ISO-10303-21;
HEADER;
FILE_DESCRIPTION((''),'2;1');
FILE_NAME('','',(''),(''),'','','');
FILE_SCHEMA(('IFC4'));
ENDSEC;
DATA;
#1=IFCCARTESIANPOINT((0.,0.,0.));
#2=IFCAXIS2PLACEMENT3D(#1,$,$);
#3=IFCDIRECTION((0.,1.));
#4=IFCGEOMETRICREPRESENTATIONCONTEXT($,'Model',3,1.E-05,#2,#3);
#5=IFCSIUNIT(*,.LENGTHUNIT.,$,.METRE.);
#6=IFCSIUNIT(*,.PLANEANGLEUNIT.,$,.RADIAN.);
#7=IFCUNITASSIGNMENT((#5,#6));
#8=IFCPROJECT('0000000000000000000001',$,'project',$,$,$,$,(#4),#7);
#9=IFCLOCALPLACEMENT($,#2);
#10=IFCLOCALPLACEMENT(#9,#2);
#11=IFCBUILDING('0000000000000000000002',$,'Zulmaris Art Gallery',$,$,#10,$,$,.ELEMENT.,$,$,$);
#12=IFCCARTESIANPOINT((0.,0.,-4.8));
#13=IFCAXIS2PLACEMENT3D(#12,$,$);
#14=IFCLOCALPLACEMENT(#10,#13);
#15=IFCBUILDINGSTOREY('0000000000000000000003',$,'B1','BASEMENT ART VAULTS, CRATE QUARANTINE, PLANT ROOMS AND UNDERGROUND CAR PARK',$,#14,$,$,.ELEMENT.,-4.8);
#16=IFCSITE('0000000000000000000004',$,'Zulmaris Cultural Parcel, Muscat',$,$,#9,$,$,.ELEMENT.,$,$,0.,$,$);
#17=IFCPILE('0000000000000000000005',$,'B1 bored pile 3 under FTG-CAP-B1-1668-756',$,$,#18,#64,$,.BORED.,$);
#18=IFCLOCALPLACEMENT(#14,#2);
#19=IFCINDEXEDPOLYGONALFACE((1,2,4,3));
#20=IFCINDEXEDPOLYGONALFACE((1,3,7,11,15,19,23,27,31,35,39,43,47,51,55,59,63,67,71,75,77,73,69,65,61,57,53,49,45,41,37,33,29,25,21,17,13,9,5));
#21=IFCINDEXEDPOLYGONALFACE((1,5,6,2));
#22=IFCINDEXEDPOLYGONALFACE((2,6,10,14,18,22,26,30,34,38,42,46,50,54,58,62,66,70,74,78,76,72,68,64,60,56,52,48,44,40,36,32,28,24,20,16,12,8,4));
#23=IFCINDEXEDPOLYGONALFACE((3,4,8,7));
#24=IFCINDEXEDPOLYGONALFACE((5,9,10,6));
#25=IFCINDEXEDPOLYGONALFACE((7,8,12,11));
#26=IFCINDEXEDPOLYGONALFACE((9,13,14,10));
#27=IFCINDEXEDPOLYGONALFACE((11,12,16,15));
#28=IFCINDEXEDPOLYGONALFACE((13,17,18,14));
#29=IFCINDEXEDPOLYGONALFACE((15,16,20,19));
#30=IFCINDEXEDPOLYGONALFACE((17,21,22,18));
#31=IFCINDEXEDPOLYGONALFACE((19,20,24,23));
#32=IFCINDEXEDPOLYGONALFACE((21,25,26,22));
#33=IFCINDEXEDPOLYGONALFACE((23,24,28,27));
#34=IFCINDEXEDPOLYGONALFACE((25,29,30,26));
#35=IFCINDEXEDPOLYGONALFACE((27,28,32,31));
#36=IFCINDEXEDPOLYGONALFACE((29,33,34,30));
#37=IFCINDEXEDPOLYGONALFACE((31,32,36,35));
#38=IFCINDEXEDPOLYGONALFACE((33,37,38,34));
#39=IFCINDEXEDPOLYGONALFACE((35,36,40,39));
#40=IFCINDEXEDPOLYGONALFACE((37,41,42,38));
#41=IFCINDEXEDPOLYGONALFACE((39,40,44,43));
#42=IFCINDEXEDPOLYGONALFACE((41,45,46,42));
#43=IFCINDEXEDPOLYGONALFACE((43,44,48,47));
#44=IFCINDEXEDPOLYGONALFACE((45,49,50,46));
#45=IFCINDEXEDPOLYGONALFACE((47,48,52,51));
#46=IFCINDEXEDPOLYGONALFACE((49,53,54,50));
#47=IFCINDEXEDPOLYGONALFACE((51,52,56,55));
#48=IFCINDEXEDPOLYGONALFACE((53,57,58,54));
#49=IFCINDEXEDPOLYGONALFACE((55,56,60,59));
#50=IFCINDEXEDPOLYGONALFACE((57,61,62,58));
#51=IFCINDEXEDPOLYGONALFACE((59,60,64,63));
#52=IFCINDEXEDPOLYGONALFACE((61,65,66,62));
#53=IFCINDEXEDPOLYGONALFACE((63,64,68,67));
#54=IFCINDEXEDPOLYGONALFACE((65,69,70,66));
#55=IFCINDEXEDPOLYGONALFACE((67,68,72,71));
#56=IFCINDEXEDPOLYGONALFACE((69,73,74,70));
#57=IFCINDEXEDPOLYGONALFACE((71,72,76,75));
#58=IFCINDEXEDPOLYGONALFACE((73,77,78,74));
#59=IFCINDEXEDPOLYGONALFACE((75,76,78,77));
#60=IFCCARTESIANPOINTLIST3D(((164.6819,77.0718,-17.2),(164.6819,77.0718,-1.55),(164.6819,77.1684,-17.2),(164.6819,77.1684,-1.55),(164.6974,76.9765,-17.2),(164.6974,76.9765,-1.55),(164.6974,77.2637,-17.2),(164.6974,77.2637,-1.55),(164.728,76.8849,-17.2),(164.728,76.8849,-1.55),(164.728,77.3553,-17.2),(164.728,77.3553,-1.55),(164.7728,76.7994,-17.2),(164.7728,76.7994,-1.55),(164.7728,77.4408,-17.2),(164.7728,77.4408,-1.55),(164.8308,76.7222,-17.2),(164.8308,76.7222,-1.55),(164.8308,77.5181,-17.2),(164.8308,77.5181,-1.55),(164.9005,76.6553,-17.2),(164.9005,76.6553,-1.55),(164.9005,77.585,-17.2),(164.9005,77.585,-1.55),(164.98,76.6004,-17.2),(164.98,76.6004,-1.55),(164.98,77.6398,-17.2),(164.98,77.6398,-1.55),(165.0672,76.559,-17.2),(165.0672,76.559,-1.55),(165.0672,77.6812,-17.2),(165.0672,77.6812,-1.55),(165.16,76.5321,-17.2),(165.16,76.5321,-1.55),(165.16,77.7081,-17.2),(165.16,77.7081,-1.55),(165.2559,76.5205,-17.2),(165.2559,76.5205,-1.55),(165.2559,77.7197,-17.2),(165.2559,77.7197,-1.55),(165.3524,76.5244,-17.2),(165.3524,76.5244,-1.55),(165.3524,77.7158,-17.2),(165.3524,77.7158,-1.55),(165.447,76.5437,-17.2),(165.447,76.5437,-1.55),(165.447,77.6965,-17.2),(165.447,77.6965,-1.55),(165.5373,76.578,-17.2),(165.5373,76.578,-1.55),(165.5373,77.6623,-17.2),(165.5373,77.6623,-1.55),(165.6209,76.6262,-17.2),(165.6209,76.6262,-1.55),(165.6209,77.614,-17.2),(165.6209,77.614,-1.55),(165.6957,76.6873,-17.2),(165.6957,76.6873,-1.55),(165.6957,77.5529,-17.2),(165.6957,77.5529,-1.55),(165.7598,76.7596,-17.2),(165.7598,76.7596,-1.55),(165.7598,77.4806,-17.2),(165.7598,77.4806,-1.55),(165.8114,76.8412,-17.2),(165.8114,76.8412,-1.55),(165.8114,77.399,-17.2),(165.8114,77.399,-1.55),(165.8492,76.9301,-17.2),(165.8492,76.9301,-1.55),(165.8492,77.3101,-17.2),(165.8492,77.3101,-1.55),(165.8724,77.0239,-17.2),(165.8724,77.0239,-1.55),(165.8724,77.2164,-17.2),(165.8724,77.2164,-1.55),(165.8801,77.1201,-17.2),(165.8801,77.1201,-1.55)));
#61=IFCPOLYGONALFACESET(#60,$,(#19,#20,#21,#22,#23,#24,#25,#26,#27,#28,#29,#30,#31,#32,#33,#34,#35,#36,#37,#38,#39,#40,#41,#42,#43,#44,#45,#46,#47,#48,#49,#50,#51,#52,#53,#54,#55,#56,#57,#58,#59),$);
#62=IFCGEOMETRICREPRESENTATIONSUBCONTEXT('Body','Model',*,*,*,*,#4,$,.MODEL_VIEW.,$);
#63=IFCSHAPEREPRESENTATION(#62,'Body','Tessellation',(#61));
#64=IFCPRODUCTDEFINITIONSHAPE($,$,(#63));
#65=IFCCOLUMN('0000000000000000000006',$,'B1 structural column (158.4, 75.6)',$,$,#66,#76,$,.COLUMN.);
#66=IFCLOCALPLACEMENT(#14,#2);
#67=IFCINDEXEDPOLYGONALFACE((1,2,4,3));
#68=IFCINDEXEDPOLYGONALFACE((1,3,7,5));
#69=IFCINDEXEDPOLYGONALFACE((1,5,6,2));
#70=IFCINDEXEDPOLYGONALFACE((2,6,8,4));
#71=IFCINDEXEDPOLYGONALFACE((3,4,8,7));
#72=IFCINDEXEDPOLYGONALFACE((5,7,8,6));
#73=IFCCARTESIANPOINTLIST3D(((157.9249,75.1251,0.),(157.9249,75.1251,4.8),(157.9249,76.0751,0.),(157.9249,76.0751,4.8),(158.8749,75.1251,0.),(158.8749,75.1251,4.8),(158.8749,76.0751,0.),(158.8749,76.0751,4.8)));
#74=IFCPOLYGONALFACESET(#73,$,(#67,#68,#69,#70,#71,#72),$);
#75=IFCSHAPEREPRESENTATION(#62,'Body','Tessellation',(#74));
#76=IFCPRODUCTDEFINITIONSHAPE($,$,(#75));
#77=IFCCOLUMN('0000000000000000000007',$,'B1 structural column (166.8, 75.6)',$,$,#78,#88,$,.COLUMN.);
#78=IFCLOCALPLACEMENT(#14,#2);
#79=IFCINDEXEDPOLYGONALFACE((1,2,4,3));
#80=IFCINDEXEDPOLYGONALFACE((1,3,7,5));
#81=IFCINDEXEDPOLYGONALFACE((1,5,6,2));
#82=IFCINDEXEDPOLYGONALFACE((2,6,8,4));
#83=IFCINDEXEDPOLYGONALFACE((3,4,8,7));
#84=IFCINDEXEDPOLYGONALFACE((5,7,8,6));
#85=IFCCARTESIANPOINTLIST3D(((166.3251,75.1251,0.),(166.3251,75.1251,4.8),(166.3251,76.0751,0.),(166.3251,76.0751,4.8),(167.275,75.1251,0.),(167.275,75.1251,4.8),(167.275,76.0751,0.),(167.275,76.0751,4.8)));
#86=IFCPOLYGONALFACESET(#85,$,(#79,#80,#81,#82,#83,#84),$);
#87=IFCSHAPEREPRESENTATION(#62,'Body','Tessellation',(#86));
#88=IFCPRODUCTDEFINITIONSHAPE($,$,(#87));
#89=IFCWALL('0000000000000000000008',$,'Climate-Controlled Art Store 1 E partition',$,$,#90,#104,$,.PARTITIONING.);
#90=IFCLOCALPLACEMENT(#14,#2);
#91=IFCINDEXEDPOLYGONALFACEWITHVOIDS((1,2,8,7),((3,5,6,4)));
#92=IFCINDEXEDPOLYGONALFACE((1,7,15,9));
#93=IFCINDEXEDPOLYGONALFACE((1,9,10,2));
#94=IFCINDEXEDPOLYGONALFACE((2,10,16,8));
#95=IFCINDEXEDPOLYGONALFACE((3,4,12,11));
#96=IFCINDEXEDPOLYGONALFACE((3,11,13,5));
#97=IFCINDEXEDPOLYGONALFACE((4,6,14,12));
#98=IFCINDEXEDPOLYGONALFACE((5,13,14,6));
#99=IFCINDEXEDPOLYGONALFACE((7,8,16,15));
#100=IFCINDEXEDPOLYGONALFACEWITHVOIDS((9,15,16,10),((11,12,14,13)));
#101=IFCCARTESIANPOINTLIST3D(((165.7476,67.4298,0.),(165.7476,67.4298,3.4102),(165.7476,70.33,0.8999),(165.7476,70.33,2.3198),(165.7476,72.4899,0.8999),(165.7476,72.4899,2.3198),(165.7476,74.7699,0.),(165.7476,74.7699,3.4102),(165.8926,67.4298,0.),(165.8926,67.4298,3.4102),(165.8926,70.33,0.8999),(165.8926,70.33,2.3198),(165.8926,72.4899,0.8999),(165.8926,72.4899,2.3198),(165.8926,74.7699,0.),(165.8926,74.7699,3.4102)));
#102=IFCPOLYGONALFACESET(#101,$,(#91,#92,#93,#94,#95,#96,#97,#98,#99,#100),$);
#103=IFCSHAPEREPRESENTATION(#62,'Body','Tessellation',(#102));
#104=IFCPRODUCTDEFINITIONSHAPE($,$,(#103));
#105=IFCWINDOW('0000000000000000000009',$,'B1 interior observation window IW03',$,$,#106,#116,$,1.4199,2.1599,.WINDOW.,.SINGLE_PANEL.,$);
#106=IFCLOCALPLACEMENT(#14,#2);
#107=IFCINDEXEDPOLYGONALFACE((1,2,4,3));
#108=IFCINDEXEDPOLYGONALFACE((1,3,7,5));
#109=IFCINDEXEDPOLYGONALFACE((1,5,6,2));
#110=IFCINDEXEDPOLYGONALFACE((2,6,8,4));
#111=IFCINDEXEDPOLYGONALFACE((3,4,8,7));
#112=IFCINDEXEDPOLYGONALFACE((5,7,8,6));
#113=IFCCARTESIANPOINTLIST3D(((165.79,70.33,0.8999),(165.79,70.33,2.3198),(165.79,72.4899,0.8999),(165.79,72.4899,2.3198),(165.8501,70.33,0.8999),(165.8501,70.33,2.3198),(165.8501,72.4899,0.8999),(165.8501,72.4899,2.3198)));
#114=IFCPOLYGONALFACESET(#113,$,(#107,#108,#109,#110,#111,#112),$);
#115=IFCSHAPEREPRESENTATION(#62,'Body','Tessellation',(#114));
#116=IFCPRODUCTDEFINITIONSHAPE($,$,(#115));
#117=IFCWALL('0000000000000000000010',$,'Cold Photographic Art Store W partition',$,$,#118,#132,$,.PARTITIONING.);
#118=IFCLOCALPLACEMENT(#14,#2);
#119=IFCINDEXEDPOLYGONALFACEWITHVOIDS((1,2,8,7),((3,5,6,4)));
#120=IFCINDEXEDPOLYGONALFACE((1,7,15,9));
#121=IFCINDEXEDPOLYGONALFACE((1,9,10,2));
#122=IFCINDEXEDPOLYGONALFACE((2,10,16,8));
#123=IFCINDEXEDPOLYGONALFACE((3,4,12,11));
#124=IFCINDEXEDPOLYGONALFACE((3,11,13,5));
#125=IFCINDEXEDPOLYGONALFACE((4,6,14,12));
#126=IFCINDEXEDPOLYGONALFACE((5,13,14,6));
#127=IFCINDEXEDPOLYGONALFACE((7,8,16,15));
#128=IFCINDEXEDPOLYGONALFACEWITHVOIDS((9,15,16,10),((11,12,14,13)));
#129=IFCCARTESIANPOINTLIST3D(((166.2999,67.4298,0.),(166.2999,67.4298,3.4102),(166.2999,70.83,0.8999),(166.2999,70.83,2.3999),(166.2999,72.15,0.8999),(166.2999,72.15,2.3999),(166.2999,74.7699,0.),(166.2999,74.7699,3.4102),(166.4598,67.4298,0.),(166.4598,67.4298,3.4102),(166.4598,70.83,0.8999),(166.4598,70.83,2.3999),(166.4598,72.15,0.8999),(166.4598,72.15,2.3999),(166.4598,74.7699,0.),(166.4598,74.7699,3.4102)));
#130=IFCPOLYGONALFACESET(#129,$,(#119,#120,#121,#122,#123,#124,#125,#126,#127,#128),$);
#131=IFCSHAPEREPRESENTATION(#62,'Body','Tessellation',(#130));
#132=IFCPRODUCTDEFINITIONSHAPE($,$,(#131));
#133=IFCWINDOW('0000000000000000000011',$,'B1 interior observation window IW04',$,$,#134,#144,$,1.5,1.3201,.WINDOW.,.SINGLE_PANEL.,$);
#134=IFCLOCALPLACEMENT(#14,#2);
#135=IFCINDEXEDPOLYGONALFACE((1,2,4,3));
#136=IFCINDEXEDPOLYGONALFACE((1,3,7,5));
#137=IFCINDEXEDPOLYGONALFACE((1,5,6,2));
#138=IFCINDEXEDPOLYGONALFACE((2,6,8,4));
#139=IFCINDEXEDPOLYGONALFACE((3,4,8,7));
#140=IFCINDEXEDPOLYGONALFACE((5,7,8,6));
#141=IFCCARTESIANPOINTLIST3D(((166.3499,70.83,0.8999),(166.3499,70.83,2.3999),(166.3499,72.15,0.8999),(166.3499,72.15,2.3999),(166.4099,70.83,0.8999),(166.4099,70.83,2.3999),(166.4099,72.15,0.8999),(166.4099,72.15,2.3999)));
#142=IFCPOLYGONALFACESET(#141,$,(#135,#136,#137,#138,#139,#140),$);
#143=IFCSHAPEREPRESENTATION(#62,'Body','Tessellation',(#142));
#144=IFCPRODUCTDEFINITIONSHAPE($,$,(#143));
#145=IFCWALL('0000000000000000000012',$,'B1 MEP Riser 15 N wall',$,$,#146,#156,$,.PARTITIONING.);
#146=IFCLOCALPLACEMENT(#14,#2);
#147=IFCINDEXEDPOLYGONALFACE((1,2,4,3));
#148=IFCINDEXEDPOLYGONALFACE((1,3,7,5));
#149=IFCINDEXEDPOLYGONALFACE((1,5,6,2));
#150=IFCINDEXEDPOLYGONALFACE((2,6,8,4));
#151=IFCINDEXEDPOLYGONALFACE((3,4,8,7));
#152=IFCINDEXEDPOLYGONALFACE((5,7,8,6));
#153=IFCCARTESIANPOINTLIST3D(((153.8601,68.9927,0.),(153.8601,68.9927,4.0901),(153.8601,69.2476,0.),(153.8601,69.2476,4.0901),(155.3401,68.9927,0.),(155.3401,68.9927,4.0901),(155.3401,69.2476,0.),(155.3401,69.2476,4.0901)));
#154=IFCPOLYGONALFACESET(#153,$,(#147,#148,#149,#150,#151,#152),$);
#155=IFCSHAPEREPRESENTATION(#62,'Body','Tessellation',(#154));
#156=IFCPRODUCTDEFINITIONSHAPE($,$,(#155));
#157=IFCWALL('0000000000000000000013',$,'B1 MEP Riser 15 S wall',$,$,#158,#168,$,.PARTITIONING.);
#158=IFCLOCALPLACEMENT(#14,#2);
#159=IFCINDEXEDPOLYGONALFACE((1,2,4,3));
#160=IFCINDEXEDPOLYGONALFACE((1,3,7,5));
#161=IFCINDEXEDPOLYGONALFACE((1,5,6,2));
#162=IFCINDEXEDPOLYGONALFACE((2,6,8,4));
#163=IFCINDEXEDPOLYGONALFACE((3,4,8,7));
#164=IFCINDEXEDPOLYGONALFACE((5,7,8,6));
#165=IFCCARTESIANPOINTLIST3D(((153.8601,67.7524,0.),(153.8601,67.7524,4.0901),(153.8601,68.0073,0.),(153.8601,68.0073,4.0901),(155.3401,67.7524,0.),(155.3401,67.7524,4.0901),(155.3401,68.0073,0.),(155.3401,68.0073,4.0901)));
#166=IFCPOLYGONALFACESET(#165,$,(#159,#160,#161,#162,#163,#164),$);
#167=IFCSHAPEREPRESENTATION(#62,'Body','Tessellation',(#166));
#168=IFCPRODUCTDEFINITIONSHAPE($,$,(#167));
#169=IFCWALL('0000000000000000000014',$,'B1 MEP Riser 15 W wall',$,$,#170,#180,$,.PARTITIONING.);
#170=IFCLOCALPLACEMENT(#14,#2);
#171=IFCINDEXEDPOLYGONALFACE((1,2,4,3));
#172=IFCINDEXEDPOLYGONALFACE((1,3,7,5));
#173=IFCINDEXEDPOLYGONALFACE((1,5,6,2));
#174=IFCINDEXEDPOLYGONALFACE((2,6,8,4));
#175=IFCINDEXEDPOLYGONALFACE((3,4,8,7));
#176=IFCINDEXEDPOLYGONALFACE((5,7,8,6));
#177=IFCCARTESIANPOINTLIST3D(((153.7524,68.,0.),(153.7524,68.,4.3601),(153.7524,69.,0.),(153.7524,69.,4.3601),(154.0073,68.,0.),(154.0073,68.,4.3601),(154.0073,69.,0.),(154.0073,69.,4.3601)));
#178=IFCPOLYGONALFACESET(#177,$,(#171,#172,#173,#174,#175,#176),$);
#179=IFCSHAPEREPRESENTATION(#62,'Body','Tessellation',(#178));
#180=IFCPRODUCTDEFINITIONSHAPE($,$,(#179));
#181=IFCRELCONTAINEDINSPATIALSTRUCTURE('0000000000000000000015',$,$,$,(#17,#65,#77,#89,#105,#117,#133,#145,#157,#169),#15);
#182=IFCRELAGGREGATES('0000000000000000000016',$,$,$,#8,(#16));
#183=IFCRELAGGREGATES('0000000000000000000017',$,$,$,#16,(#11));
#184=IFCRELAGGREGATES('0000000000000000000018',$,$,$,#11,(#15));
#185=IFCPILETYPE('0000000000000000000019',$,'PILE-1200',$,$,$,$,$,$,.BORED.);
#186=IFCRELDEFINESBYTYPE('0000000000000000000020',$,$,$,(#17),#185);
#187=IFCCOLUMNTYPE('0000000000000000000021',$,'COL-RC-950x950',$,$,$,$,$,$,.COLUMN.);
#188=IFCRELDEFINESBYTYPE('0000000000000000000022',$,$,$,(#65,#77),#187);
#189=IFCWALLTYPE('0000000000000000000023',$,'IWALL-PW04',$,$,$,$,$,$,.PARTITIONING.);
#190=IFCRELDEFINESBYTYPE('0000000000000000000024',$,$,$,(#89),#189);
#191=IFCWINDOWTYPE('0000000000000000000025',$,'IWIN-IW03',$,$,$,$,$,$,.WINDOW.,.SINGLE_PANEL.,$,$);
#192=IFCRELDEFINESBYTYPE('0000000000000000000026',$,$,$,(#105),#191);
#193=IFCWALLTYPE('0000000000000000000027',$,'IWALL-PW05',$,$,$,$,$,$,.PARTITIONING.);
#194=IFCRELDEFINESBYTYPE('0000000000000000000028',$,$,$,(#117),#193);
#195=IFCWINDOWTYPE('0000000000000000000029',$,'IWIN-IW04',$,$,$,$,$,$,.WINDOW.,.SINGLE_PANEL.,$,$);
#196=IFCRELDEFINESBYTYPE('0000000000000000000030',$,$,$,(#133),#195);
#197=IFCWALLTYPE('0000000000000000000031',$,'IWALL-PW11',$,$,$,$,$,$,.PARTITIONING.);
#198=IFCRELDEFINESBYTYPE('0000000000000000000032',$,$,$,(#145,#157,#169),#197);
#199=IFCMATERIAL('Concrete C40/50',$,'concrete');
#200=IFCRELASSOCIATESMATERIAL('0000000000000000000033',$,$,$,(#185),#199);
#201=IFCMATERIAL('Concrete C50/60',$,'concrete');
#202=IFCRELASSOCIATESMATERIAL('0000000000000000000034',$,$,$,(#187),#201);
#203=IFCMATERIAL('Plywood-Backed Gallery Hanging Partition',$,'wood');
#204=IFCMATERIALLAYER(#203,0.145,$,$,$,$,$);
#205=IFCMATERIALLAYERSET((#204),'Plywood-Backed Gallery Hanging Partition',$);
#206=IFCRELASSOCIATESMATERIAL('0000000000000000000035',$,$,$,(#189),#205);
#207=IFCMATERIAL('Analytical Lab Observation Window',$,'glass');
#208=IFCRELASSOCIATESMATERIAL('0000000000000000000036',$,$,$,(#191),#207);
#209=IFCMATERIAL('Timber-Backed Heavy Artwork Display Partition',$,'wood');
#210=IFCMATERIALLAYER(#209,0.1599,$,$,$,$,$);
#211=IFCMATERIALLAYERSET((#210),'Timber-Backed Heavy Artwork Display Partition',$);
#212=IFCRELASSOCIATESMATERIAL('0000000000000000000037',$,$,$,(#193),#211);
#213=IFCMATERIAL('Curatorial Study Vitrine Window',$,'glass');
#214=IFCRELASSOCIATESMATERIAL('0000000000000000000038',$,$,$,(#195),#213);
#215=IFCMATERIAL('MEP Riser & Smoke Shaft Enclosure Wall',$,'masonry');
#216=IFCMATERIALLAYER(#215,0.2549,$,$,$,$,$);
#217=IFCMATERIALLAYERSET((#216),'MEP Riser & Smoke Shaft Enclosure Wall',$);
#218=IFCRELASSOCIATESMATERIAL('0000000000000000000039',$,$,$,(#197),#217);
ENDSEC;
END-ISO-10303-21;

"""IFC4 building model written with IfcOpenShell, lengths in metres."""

from ifc_helpers import new_model, si_unit, direction, frame, frame_2d, origin, origin_2d, place, context, subcontext, project, spatial, rectangle, circle, extrude, material, layer, layer_set, material_profile, profile_set, type_object, element, fill, save


model = new_model("IFC4")

# Units and contexts
model_context = context("Model", 3, precision=1e-05, world=origin(), true_north=direction((0.0, 1.0)))
body_context = subcontext(model_context, "Body", "Model", "MODEL_VIEW")
ifc_project = project(units=[si_unit("LENGTHUNIT", "METRE"), si_unit("PLANEANGLEUNIT", "RADIAN")], contexts=[model_context])

# Site, building, storey
site_placement = place(None, origin())
site = spatial("IfcSite", under=ifc_project, at=site_placement, Name="Zulmaris Cultural Parcel, Muscat", CompositionType="ELEMENT", RefElevation=0.0)
building_placement = place(site_placement, origin())
building = spatial("IfcBuilding", under=site, at=building_placement, Name="Zulmaris Art Gallery", CompositionType="ELEMENT")
storey_placement = place(building_placement, frame((0.0, 0.0, -4.8)))
storey = spatial("IfcBuildingStorey", under=building, at=storey_placement, Name="B1", Description="BASEMENT ART VAULTS, CRATE QUARANTINE, PLANT ROOMS AND UNDERGROUND CAR PARK", CompositionType="ELEMENT", Elevation=-4.8)

# Pile
ifc_material_1 = material(Name="Concrete C40/50", Category="concrete")
ifc_material_profile_1 = material_profile(ifc_material_1, circle(Radius=0.6001, at=origin_2d()), Name="PILE DIA 1200")
ifc_profile_set_1 = profile_set([ifc_material_profile_1], Name="Concrete C40/50")
pile_type = type_object("IfcPileType", Name="PILE-1200", PredefinedType="BORED", material=ifc_profile_set_1)
for number, where, z_axis, x_axis, name in (
    (1, (165.28, 77.1201, -1.55), (0.0, 0.0, -1.0), (1.0, 0.0, 0.0), "B1 bored pile 3 under FTG-CAP-B1-1668-756"),
):
    element("IfcPile", number, at=place(storey_placement, frame(where, z_axis=z_axis, x_axis=x_axis)), inside=storey, type_object=pile_type, Name=name, PredefinedType="BORED", context=body_context, shape_type="SweptSolid", body=[
        extrude(circle(Radius=0.6001, at=origin_2d()), origin(), (0.0, 0.0, 1.0), 15.6499),
    ])

# Columns
ifc_material_2 = material(Name="Concrete C50/60", Category="concrete")
ifc_material_profile_2 = material_profile(ifc_material_2, rectangle(XDim=0.95, YDim=0.95, at=origin_2d()), Name="RC 950x950")
ifc_profile_set_2 = profile_set([ifc_material_profile_2], Name="Concrete C50/60")
column_type = type_object("IfcColumnType", Name="COL-RC-950x950", PredefinedType="COLUMN", material=ifc_profile_set_2)
for number, where, z_axis, x_axis, name in (
    (2, (158.3999, 75.6001, 0.0), (0.0, 0.0, 1.0), (1.0, 0.0, 0.0), "B1 structural column (158.4, 75.6)"),
    (3, (166.8, 75.6001, 0.0), (0.0, 0.0, 1.0), (1.0, 0.0, 0.0), "B1 structural column (166.8, 75.6)"),
):
    element("IfcColumn", number, at=place(storey_placement, frame(where, z_axis=z_axis, x_axis=x_axis)), inside=storey, type_object=column_type, Name=name, PredefinedType="COLUMN", context=body_context, shape_type="SweptSolid", body=[
        extrude(rectangle(XDim=0.95, YDim=0.95, at=origin_2d()), origin(), (0.0, 0.0, 1.0), 4.8),
    ])

# Walls, openings, windows
ifc_material_3 = material(Name="Plywood-Backed Gallery Hanging Partition", Category="wood")
ifc_layer_1 = layer(ifc_material_3, 0.145)
ifc_layer_set_1 = layer_set([ifc_layer_1], Name="Plywood-Backed Gallery Hanging Partition")
wall_type_1 = type_object("IfcWallType", Name="IWALL-PW04", PredefinedType="PARTITIONING", material=ifc_layer_set_1)
wall_1_placement = place(storey_placement, frame((165.8201, 67.4299, 0.0), z_axis=(0.0, 0.0, 1.0), x_axis=(0.0, 1.0, 0.0)))
wall_1 = element("IfcWall", 4, at=wall_1_placement, inside=storey, type_object=wall_type_1, Name="Climate-Controlled Art Store 1 E partition", PredefinedType="PARTITIONING", context=body_context, shape_type="SweptSolid", body=[
    extrude(rectangle(XDim=7.3401, YDim=0.145, at=frame_2d((3.6699, 0.0))), origin(), (0.0, 0.0, 1.0), 3.4102),
])
opening_1_placement = place(wall_1_placement, frame((2.8999, 0.0, 0.8999)))
opening_1 = element("IfcOpeningElement", 5, at=opening_1_placement, cuts=wall_1, PredefinedType="OPENING", context=body_context, shape_type="SweptSolid", body=[
    extrude(rectangle(XDim=2.1599, YDim=1.4199, at=frame_2d((1.0801, 0.71))), frame((0.0, 0.0825, 0.0), z_axis=(0.0, -1.0, 0.0), x_axis=(1.0, 0.0, 0.0)), (0.0, 0.0, 1.0), 0.165),
])
ifc_material_4 = material(Name="Analytical Lab Observation Window", Category="glass")
window_type_1 = type_object("IfcWindowType", Name="IWIN-IW03", PartitioningType="SINGLE_PANEL", PredefinedType="WINDOW", material=ifc_material_4)
window_1_placement = place(opening_1_placement, origin())
window_1 = element("IfcWindow", 6, at=window_1_placement, inside=storey, type_object=window_type_1, Name="B1 interior observation window IW03", OverallHeight=1.4199, OverallWidth=2.1599, PartitioningType="SINGLE_PANEL", PredefinedType="WINDOW", context=body_context, shape_type="SweptSolid", body=[
    extrude(rectangle(XDim=2.1599, YDim=1.4199, at=frame_2d((1.0801, 0.71))), frame((0.0, 0.03, 0.0), z_axis=(0.0, -1.0, 0.0), x_axis=(1.0, 0.0, 0.0)), (0.0, 0.0, 1.0), 0.0601),
])
fill(opening_1, window_1)
ifc_material_5 = material(Name="Timber-Backed Heavy Artwork Display Partition", Category="wood")
ifc_layer_2 = layer(ifc_material_5, 0.1599)
ifc_layer_set_2 = layer_set([ifc_layer_2], Name="Timber-Backed Heavy Artwork Display Partition")
wall_type_2 = type_object("IfcWallType", Name="IWALL-PW05", PredefinedType="PARTITIONING", material=ifc_layer_set_2)
wall_2_placement = place(storey_placement, frame((166.3799, 67.4299, 0.0), z_axis=(0.0, 0.0, 1.0), x_axis=(0.0, 1.0, 0.0)))
wall_2 = element("IfcWall", 7, at=wall_2_placement, inside=storey, type_object=wall_type_2, Name="Cold Photographic Art Store W partition", PredefinedType="PARTITIONING", context=body_context, shape_type="SweptSolid", body=[
    extrude(rectangle(XDim=7.3401, YDim=0.1599, at=frame_2d((3.6699, 0.0))), origin(), (0.0, 0.0, 1.0), 3.4102),
])
opening_2_placement = place(wall_2_placement, frame((3.3999, 0.0, 0.8999)))
opening_2 = element("IfcOpeningElement", 8, at=opening_2_placement, cuts=wall_2, PredefinedType="OPENING", context=body_context, shape_type="SweptSolid", body=[
    extrude(rectangle(XDim=1.3201, YDim=1.5, at=frame_2d((0.6602, 0.75))), frame((0.0, 0.0898, 0.0), z_axis=(0.0, -1.0, 0.0), x_axis=(1.0, 0.0, 0.0)), (0.0, 0.0, 1.0), 0.1799),
])
ifc_material_6 = material(Name="Curatorial Study Vitrine Window", Category="glass")
window_type_2 = type_object("IfcWindowType", Name="IWIN-IW04", PartitioningType="SINGLE_PANEL", PredefinedType="WINDOW", material=ifc_material_6)
window_2_placement = place(opening_2_placement, origin())
window_2 = element("IfcWindow", 9, at=window_2_placement, inside=storey, type_object=window_type_2, Name="B1 interior observation window IW04", OverallHeight=1.5, OverallWidth=1.3201, PartitioningType="SINGLE_PANEL", PredefinedType="WINDOW", context=body_context, shape_type="SweptSolid", body=[
    extrude(rectangle(XDim=1.3201, YDim=1.5, at=frame_2d((0.6602, 0.75))), frame((0.0, 0.03, 0.0), z_axis=(0.0, -1.0, 0.0), x_axis=(1.0, 0.0, 0.0)), (0.0, 0.0, 1.0), 0.0601),
])
fill(opening_2, window_2)

# Walls
ifc_material_7 = material(Name="MEP Riser & Smoke Shaft Enclosure Wall", Category="masonry")
ifc_layer_3 = layer(ifc_material_7, 0.2549)
ifc_layer_set_3 = layer_set([ifc_layer_3], Name="MEP Riser & Smoke Shaft Enclosure Wall")
wall_type_3 = type_object("IfcWallType", Name="IWALL-PW11", PredefinedType="PARTITIONING", material=ifc_layer_set_3)
for number, where, z_axis, x_axis, name in (
    (10, (153.8601, 69.1201, 0.0), (0.0, 0.0, 1.0), (1.0, 0.0, 0.0), "B1 MEP Riser 15 N wall"),
    (11, (153.8601, 67.8799, 0.0), (0.0, 0.0, 1.0), (1.0, 0.0, 0.0), "B1 MEP Riser 15 S wall"),
):
    element("IfcWall", number, at=place(storey_placement, frame(where, z_axis=z_axis, x_axis=x_axis)), inside=storey, type_object=wall_type_3, Name=name, PredefinedType="PARTITIONING", context=body_context, shape_type="SweptSolid", body=[
        extrude(rectangle(XDim=1.48, YDim=0.2549, at=frame_2d((0.74, 0.0))), origin(), (0.0, 0.0, 1.0), 4.0901),
    ])
wall_3_placement = place(storey_placement, frame((153.8799, 68.0, 0.0), z_axis=(0.0, 0.0, 1.0), x_axis=(0.0, 1.0, 0.0)))
element("IfcWall", 12, at=wall_3_placement, inside=storey, type_object=wall_type_3, Name="B1 MEP Riser 15 W wall", PredefinedType="PARTITIONING", context=body_context, shape_type="SweptSolid", body=[
    extrude(rectangle(XDim=1.0, YDim=0.2549, at=frame_2d((0.5, 0.0))), origin(), (0.0, 0.0, 1.0), 4.3601),
])

save(model, "model.ifc")
